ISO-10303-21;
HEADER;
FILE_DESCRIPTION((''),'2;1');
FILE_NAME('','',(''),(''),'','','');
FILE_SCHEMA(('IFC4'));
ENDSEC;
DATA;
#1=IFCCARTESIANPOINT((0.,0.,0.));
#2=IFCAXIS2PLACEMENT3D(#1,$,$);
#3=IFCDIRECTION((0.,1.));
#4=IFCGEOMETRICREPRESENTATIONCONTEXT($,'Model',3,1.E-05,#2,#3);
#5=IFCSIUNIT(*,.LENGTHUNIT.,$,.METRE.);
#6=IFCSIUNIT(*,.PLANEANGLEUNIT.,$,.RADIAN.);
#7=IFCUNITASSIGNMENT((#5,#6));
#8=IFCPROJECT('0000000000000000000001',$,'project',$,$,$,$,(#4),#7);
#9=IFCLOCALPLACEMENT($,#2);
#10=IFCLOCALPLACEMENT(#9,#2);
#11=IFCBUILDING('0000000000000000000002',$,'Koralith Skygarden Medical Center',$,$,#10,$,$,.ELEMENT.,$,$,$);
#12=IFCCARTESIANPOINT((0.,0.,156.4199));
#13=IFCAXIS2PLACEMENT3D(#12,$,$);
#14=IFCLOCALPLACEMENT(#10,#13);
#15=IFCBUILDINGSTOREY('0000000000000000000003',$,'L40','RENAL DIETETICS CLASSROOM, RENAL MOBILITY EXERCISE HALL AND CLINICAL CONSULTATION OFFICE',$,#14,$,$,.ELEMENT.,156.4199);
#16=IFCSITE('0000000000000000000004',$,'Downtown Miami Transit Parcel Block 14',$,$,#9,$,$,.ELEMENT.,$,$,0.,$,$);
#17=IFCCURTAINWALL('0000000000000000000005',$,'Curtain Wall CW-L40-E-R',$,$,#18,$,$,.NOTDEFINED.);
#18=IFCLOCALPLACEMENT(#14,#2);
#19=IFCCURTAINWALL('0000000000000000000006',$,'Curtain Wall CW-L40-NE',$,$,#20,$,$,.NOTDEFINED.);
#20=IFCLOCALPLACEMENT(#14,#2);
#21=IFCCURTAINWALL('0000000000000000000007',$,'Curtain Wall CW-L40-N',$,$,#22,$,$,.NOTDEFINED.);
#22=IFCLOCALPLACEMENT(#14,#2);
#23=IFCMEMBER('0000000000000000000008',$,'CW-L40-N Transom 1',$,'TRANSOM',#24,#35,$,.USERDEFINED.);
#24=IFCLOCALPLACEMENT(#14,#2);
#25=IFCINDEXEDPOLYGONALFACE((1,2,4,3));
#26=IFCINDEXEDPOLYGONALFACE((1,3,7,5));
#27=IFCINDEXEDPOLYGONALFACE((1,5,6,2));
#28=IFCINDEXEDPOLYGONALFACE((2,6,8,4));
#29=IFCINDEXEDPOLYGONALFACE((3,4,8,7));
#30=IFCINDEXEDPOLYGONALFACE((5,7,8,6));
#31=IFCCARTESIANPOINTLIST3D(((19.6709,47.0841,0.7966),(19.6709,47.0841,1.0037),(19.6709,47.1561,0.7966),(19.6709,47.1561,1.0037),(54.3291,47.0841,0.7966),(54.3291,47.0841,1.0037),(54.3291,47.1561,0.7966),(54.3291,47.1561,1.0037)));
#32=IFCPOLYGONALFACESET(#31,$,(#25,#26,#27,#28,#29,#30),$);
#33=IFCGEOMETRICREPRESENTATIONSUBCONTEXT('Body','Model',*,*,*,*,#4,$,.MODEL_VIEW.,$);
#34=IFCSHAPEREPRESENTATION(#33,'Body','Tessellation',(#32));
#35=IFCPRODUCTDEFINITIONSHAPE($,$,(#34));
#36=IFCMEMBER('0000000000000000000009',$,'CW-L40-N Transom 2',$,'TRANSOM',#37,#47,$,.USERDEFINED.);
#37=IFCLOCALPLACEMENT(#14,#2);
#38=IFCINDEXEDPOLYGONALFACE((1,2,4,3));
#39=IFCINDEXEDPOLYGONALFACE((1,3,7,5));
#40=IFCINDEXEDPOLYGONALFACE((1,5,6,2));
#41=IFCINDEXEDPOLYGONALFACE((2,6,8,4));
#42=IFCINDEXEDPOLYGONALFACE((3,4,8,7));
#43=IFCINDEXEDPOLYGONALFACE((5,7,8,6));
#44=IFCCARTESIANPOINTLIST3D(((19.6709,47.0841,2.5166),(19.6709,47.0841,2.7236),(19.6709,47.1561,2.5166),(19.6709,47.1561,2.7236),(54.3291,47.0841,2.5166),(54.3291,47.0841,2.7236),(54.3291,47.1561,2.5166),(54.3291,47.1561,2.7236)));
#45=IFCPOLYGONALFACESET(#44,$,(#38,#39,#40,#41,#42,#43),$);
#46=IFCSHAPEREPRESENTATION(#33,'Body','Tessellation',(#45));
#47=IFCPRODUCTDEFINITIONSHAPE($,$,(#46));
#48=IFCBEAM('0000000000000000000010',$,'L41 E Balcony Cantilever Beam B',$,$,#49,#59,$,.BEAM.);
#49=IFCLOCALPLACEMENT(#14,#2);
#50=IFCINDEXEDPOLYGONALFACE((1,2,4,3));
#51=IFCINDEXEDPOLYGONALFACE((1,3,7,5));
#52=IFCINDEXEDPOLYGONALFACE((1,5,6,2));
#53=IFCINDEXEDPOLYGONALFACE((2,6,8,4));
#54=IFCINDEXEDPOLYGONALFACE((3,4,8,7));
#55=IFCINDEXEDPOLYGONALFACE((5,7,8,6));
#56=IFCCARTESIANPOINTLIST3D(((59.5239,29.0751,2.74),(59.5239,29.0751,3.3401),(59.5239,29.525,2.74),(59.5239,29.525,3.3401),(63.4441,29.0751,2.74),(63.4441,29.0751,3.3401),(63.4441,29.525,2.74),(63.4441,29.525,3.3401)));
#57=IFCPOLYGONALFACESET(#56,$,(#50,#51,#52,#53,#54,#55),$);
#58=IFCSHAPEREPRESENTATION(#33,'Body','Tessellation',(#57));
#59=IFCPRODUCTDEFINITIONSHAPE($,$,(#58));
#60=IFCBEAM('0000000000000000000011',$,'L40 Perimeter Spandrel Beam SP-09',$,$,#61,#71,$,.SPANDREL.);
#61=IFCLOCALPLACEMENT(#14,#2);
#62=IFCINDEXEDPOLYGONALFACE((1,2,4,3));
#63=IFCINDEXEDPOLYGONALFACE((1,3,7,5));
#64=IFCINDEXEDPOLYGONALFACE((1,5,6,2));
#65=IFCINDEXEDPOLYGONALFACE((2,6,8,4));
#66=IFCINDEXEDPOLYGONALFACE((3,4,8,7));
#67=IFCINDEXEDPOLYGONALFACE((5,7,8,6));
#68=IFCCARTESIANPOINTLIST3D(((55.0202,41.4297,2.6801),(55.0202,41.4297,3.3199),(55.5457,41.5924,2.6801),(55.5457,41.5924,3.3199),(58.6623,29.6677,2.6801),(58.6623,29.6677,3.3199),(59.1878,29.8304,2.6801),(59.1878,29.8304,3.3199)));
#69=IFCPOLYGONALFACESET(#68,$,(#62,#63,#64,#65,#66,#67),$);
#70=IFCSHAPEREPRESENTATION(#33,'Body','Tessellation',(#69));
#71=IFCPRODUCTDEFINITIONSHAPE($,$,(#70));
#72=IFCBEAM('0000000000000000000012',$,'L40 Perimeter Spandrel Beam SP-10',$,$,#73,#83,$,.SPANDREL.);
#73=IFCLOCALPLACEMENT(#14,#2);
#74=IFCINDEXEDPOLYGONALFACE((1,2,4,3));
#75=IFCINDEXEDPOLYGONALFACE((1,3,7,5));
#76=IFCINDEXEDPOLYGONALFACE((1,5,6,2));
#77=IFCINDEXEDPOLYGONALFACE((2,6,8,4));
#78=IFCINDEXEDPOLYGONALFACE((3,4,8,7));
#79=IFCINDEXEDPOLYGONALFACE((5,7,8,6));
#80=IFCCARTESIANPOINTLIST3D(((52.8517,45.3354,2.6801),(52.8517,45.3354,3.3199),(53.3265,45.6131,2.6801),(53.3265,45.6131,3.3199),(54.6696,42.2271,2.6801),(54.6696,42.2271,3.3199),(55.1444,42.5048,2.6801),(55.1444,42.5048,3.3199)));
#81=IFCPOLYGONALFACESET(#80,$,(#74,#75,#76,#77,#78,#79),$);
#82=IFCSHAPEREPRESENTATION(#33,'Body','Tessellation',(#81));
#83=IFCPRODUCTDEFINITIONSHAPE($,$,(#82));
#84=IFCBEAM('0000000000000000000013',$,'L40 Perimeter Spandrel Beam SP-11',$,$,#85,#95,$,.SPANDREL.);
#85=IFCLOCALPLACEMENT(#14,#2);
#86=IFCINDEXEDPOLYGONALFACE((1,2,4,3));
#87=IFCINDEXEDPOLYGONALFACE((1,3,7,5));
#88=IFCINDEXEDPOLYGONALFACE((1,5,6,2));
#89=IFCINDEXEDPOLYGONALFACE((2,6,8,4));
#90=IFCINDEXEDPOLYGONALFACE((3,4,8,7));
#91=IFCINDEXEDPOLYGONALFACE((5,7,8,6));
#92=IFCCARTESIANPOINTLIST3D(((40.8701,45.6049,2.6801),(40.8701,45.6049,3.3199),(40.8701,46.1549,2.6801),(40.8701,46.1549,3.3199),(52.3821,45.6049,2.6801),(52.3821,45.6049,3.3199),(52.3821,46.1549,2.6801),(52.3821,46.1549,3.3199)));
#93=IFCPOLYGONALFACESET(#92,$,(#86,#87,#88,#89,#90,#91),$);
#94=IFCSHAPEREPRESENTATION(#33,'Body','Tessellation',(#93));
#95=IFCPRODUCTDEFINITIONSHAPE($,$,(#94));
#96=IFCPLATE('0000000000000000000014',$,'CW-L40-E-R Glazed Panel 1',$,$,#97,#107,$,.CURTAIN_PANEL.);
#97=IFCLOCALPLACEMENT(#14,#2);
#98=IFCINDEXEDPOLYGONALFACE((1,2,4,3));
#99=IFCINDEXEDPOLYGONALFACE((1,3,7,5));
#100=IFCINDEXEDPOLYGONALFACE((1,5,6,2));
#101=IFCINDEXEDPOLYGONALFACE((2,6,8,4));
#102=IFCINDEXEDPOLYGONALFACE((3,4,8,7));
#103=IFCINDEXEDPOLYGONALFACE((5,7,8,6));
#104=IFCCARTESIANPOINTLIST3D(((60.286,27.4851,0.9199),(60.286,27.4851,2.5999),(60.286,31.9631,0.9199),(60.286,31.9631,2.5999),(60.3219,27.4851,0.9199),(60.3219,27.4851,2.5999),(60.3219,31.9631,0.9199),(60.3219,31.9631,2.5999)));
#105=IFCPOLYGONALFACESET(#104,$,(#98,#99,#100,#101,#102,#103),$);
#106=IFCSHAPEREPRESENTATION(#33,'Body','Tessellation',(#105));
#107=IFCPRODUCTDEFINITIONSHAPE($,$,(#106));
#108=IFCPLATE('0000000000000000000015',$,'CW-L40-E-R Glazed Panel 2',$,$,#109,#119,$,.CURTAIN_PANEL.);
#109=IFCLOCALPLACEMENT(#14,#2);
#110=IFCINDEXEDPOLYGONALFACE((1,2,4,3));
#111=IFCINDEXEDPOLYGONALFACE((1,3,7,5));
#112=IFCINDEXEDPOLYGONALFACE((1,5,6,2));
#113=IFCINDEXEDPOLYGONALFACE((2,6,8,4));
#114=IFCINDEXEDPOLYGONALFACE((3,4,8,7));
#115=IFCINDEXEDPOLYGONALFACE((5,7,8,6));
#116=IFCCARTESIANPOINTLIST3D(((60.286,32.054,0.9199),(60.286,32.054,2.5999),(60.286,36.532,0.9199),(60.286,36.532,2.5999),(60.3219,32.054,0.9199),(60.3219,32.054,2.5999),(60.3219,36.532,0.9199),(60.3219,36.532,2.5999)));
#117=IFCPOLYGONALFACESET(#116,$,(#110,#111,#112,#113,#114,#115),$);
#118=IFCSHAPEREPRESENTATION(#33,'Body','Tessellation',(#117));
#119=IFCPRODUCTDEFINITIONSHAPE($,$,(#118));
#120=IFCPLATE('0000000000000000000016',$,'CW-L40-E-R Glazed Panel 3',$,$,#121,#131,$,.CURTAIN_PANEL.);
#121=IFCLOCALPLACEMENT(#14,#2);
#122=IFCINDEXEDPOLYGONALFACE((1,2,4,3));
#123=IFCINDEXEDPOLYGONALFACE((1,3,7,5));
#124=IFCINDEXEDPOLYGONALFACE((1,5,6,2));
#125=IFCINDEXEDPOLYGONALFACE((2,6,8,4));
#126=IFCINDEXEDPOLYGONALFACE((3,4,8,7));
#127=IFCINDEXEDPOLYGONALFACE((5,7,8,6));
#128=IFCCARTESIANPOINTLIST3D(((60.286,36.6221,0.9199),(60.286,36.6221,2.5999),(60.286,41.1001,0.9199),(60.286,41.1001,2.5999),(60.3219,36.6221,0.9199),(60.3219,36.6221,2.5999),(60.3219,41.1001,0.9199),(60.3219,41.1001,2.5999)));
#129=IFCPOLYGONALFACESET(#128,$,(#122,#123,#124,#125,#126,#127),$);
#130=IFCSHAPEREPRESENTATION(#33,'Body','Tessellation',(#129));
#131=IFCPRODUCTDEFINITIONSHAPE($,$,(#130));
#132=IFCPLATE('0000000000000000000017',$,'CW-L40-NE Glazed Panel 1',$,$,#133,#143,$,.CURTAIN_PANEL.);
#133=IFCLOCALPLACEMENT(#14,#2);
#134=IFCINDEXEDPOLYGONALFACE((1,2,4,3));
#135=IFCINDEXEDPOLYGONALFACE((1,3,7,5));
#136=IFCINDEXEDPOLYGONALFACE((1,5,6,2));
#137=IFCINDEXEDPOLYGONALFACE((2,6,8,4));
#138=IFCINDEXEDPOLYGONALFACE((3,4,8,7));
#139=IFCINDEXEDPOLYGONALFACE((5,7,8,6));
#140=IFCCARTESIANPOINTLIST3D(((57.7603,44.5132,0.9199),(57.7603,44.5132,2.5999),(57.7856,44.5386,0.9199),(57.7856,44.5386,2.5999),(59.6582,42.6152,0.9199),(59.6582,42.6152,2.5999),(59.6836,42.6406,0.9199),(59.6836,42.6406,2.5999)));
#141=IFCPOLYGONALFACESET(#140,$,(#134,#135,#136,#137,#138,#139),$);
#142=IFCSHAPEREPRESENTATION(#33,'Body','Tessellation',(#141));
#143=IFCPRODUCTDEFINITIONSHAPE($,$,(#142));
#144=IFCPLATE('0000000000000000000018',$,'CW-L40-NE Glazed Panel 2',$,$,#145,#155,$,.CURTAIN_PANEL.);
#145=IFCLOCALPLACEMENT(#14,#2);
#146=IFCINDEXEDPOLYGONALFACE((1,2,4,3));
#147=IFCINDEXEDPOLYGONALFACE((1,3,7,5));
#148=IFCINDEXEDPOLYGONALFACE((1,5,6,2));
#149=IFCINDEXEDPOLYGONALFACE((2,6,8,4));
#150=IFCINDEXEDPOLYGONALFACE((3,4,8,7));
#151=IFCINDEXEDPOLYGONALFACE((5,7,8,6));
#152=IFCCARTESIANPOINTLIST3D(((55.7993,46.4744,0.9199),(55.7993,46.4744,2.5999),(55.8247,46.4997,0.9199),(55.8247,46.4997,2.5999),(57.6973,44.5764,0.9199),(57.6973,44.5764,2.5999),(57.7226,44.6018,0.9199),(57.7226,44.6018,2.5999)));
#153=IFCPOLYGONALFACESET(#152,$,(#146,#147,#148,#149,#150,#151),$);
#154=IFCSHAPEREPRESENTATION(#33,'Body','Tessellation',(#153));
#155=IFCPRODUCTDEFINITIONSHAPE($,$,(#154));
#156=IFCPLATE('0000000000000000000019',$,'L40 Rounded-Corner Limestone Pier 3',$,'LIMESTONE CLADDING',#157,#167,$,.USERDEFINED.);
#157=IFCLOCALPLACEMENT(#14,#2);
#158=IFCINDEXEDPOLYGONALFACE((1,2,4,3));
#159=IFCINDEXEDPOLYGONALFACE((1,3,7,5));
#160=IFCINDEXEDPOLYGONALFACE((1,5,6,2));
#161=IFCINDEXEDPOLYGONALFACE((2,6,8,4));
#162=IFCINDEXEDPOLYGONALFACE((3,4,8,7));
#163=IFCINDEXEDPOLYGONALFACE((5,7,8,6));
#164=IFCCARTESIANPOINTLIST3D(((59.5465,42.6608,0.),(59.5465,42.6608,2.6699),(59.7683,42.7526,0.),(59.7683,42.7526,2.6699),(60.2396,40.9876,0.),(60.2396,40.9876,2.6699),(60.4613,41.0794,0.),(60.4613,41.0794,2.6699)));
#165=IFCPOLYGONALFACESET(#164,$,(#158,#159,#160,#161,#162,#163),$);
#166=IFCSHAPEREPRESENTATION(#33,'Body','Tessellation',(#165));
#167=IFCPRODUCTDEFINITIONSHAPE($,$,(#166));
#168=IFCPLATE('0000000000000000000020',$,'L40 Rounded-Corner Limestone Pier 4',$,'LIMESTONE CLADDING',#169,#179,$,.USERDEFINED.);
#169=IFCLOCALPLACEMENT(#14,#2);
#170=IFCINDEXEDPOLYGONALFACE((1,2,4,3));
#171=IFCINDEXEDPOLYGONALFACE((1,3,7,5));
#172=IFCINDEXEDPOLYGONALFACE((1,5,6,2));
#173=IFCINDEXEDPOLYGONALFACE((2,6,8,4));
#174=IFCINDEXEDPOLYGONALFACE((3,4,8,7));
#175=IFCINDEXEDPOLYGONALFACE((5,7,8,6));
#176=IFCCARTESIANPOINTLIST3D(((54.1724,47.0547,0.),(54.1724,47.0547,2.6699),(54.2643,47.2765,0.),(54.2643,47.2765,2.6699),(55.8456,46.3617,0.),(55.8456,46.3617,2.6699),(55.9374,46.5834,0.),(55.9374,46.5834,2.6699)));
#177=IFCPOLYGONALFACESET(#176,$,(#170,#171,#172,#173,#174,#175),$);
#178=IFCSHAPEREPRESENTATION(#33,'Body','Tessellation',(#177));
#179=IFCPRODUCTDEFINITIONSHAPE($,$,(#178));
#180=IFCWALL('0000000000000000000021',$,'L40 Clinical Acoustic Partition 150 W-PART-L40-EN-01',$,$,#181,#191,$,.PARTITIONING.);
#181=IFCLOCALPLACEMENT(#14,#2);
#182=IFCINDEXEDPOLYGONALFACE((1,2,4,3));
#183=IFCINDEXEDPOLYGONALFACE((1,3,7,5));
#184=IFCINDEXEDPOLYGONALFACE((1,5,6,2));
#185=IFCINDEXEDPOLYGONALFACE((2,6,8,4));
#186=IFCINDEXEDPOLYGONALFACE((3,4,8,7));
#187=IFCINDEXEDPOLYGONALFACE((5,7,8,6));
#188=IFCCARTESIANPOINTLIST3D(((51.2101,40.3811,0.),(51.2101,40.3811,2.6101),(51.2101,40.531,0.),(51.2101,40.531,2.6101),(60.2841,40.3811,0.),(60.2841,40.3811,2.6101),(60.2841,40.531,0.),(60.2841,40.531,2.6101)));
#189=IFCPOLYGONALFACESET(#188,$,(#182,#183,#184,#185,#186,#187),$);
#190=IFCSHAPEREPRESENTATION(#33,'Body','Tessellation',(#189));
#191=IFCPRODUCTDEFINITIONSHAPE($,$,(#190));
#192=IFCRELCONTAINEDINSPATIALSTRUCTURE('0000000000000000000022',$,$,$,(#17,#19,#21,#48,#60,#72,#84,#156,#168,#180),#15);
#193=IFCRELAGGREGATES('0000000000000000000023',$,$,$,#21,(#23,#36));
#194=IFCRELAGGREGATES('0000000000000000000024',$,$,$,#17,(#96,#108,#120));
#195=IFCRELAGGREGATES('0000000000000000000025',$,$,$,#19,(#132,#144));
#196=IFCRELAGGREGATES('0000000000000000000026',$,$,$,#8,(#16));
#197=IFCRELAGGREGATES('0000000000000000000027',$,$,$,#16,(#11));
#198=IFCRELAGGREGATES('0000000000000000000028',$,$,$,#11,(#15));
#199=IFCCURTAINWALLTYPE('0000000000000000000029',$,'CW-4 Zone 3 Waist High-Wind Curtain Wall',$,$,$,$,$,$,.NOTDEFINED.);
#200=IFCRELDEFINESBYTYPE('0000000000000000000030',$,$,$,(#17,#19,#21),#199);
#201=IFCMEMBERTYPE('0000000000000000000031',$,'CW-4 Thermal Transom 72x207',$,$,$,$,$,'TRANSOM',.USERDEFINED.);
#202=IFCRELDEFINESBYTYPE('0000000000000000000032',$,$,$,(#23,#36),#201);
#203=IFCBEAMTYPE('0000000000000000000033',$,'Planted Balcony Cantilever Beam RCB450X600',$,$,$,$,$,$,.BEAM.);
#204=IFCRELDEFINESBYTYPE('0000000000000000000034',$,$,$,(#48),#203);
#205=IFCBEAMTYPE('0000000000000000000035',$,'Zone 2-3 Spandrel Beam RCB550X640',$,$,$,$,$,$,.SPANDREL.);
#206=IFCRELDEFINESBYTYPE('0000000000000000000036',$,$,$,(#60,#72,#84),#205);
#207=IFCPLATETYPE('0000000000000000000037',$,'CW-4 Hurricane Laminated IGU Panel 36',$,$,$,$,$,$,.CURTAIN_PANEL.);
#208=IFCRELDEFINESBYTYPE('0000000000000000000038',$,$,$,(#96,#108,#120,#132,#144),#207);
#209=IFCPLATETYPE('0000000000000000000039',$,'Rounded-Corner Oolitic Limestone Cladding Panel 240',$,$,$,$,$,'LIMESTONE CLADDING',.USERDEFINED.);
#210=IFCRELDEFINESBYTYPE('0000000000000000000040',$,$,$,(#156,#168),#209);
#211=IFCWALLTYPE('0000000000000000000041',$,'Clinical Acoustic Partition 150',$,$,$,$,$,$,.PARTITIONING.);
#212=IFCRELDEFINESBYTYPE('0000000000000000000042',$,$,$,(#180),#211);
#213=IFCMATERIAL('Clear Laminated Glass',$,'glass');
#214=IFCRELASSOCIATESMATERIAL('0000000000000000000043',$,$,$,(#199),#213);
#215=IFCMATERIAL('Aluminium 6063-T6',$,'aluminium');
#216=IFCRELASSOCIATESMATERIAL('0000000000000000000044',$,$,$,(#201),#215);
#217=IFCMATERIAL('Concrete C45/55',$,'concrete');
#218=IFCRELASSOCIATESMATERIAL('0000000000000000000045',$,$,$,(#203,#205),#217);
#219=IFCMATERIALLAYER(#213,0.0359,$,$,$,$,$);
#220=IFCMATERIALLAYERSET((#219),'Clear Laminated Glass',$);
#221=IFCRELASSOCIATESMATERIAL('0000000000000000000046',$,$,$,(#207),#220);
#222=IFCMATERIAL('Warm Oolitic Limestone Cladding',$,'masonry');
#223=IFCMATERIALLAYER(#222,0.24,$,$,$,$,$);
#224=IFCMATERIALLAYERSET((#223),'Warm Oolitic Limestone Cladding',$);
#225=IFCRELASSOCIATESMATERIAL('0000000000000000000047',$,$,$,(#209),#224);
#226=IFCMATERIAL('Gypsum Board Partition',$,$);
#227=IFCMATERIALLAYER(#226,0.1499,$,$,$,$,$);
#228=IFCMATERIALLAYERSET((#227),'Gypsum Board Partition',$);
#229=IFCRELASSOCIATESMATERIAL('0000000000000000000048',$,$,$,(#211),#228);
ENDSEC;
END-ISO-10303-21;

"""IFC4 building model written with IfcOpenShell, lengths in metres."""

from ifc_helpers import new_model, si_unit, direction, frame, frame_2d, origin, origin_2d, place, context, subcontext, project, spatial, rectangle, extrude, material, layer, layer_set, material_profile, profile_set, type_object, element, aggregate, save


model = new_model("IFC4")

# Units and contexts
model_context = context("Model", 3, precision=1e-05, world=origin(), true_north=direction((0.0, 1.0)))
body_context = subcontext(model_context, "Body", "Model", "MODEL_VIEW")
ifc_project = project(units=[si_unit("LENGTHUNIT", "METRE"), si_unit("PLANEANGLEUNIT", "RADIAN")], contexts=[model_context])

# Site, building, storey
site_placement = place(None, origin())
site = spatial("IfcSite", under=ifc_project, at=site_placement, Name="Downtown Miami Transit Parcel Block 14", CompositionType="ELEMENT", RefElevation=0.0)
building_placement = place(site_placement, origin())
building = spatial("IfcBuilding", under=site, at=building_placement, Name="Koralith Skygarden Medical Center", CompositionType="ELEMENT")
storey_placement = place(building_placement, frame((0.0, 0.0, 156.4199)))
storey = spatial("IfcBuildingStorey", under=building, at=storey_placement, Name="L40", Description="RENAL DIETETICS CLASSROOM, RENAL MOBILITY EXERCISE HALL AND CLINICAL CONSULTATION OFFICE", CompositionType="ELEMENT", Elevation=156.4199)

# Curtain walls
ifc_material_1 = material(Name="Clear Laminated Glass", Category="glass")
curtain_wall_type = type_object("IfcCurtainWallType", Name="CW-4 Zone 3 Waist High-Wind Curtain Wall", PredefinedType="NOTDEFINED", material=ifc_material_1)
curtain_wall_1_placement = place(storey_placement, origin())
curtain_wall_1 = element("IfcCurtainWall", 1, at=curtain_wall_1_placement, inside=storey, type_object=curtain_wall_type, Name="Curtain Wall CW-L40-E-R", PredefinedType="NOTDEFINED")
ifc_material_2 = material(Name="Aluminium 6063-T6", Category="aluminium")
curtain_wall_2_placement = place(storey_placement, origin())
curtain_wall_2 = element("IfcCurtainWall", 2, at=curtain_wall_2_placement, inside=storey, type_object=curtain_wall_type, Name="Curtain Wall CW-L40-NE", PredefinedType="NOTDEFINED")

# Curtain wall
curtain_wall_3_placement = place(storey_placement, origin())
curtain_wall_3 = element("IfcCurtainWall", 3, at=curtain_wall_3_placement, inside=storey, type_object=curtain_wall_type, Name="Curtain Wall CW-L40-N", PredefinedType="NOTDEFINED")

# Members
ifc_material_profile_1 = material_profile(ifc_material_2, rectangle(XDim=0.072, YDim=0.207, at=origin_2d()), Name="TRN72X207")
ifc_profile_set_1 = profile_set([ifc_material_profile_1], Name="Aluminium 6063-T6")
member_type_1 = type_object("IfcMemberType", Name="CW-4 Thermal Transom 72x207", ElementType="TRANSOM", PredefinedType="USERDEFINED", material=ifc_profile_set_1)
member_1_placement = place(storey_placement, frame((54.3291, 47.1201, 0.9001), z_axis=(-1.0, 0.0, 0.0), x_axis=(0.0, -1.0, 0.0)))
member_1 = element("IfcMember", 4, at=member_1_placement, type_object=member_type_1, Name="CW-L40-N Transom 1", ObjectType="TRANSOM", PredefinedType="USERDEFINED", context=body_context, shape_type="SweptSolid", body=[
    extrude(rectangle(XDim=0.072, YDim=0.207, at=origin_2d()), origin(), (0.0, 0.0, 1.0), 34.6582),
])
member_2_placement = place(storey_placement, frame((54.3291, 47.1201, 2.6201), z_axis=(-1.0, 0.0, 0.0), x_axis=(0.0, -1.0, 0.0)))
member_2 = element("IfcMember", 5, at=member_2_placement, type_object=member_type_1, Name="CW-L40-N Transom 2", ObjectType="TRANSOM", PredefinedType="USERDEFINED", context=body_context, shape_type="SweptSolid", body=[
    extrude(rectangle(XDim=0.072, YDim=0.207, at=origin_2d()), origin(), (0.0, 0.0, 1.0), 34.6582),
])
aggregate(curtain_wall_3, [member_1, member_2])

# Beams
ifc_material_3 = material(Name="Concrete C45/55", Category="concrete")
ifc_material_profile_2 = material_profile(ifc_material_3, rectangle(XDim=0.45, YDim=0.6001, at=origin_2d()), Name="RCB450X600")
ifc_profile_set_2 = profile_set([ifc_material_profile_2], Name="Concrete C45/55")
beam_type_1 = type_object("IfcBeamType", Name="Planted Balcony Cantilever Beam RCB450X600", PredefinedType="BEAM", material=ifc_profile_set_2)
beam_1_placement = place(storey_placement, frame((59.5239, 29.3, 3.04), z_axis=(1.0, 0.0, 0.0), x_axis=(0.0, 1.0, 0.0)))
element("IfcBeam", 6, at=beam_1_placement, inside=storey, type_object=beam_type_1, Name="L41 E Balcony Cantilever Beam B", PredefinedType="BEAM", context=body_context, shape_type="SweptSolid", body=[
    extrude(rectangle(XDim=0.45, YDim=0.6001, at=origin_2d()), origin(), (0.0, 0.0, 1.0), 3.9202),
])
ifc_material_profile_3 = material_profile(ifc_material_3, rectangle(XDim=0.55, YDim=0.6399, at=origin_2d()), Name="RCB550X640")
ifc_profile_set_3 = profile_set([ifc_material_profile_3], Name="Concrete C45/55")
beam_type_2 = type_object("IfcBeamType", Name="Zone 2-3 Spandrel Beam RCB550X640", PredefinedType="SPANDREL", material=ifc_profile_set_3)
beam_2_placement = place(storey_placement, frame((58.925, 29.749, 3.0), z_axis=(-0.295794, 0.955252, 0.0), x_axis=(-0.955252, -0.295794, 0.0)))
element("IfcBeam", 7, at=beam_2_placement, inside=storey, type_object=beam_type_2, Name="L40 Perimeter Spandrel Beam SP-09", PredefinedType="SPANDREL", context=body_context, shape_type="SweptSolid", body=[
    extrude(rectangle(XDim=0.55, YDim=0.6399, at=origin_2d()), origin(), (0.0, 0.0, 1.0), 12.313),
])
beam_3_placement = place(storey_placement, frame((54.907, 42.366, 3.0), z_axis=(-0.504861, 0.8632, 0.0), x_axis=(-0.8632, -0.504861, 0.0)))
element("IfcBeam", 8, at=beam_3_placement, inside=storey, type_object=beam_type_2, Name="L40 Perimeter Spandrel Beam SP-10", PredefinedType="SPANDREL", context=body_context, shape_type="SweptSolid", body=[
    extrude(rectangle(XDim=0.55, YDim=0.6399, at=origin_2d()), origin(), (0.0, 0.0, 1.0), 3.6008),
])
beam_4_placement = place(storey_placement, frame((52.3821, 45.8799, 3.0), z_axis=(-1.0, 0.0, 0.0), x_axis=(0.0, -1.0, 0.0)))
element("IfcBeam", 9, at=beam_4_placement, inside=storey, type_object=beam_type_2, Name="L40 Perimeter Spandrel Beam SP-11", PredefinedType="SPANDREL", context=body_context, shape_type="SweptSolid", body=[
    extrude(rectangle(XDim=0.55, YDim=0.6399, at=origin_2d()), origin(), (0.0, 0.0, 1.0), 11.512),
])

# Plates
ifc_layer_1 = layer(ifc_material_1, 0.0359)
ifc_layer_set_1 = layer_set([ifc_layer_1], Name="Clear Laminated Glass")
plate_type_1 = type_object("IfcPlateType", Name="CW-4 Hurricane Laminated IGU Panel 36", PredefinedType="CURTAIN_PANEL", material=ifc_layer_set_1)
plate_1_placement = place(storey_placement, frame((60.304, 29.7241, 0.9199), z_axis=(0.0, 0.0, 1.0), x_axis=(0.0, 1.0, 0.0)))
plate_1 = element("IfcPlate", 10, at=plate_1_placement, type_object=plate_type_1, Name="CW-L40-E-R Glazed Panel 1", PredefinedType="CURTAIN_PANEL", context=body_context, shape_type="SweptSolid", body=[
    extrude(rectangle(XDim=4.478, YDim=0.0359, at=origin_2d()), origin(), (0.0, 0.0, 1.0), 1.6799),
])
plate_2_placement = place(storey_placement, frame((60.304, 34.293, 0.9199), z_axis=(0.0, 0.0, 1.0), x_axis=(0.0, 1.0, 0.0)))
plate_2 = element("IfcPlate", 11, at=plate_2_placement, type_object=plate_type_1, Name="CW-L40-E-R Glazed Panel 2", PredefinedType="CURTAIN_PANEL", context=body_context, shape_type="SweptSolid", body=[
    extrude(rectangle(XDim=4.478, YDim=0.0359, at=origin_2d()), origin(), (0.0, 0.0, 1.0), 1.6799),
])
plate_3_placement = place(storey_placement, frame((60.304, 38.8611, 0.9199), z_axis=(0.0, 0.0, 1.0), x_axis=(0.0, 1.0, 0.0)))
plate_3 = element("IfcPlate", 12, at=plate_3_placement, type_object=plate_type_1, Name="CW-L40-E-R Glazed Panel 3", PredefinedType="CURTAIN_PANEL", context=body_context, shape_type="SweptSolid", body=[
    extrude(rectangle(XDim=4.478, YDim=0.0359, at=origin_2d()), origin(), (0.0, 0.0, 1.0), 1.6799),
])
aggregate(curtain_wall_1, [plate_1, plate_2, plate_3])
plate_4_placement = place(storey_placement, frame((58.7219, 43.5769, 0.9199), z_axis=(0.0, 0.0, 1.0), x_axis=(-0.707107, 0.707107, 0.0)))
plate_4 = element("IfcPlate", 13, at=plate_4_placement, type_object=plate_type_1, Name="CW-L40-NE Glazed Panel 1", PredefinedType="CURTAIN_PANEL", context=body_context, shape_type="SweptSolid", body=[
    extrude(rectangle(XDim=2.6841, YDim=0.0359, at=origin_2d()), origin(), (0.0, 0.0, 1.0), 1.6799),
])
plate_5_placement = place(storey_placement, frame((56.761, 45.5381, 0.9199), z_axis=(0.0, 0.0, 1.0), x_axis=(-0.707107, 0.707107, 0.0)))
plate_5 = element("IfcPlate", 14, at=plate_5_placement, type_object=plate_type_1, Name="CW-L40-NE Glazed Panel 2", PredefinedType="CURTAIN_PANEL", context=body_context, shape_type="SweptSolid", body=[
    extrude(rectangle(XDim=2.6841, YDim=0.0359, at=origin_2d()), origin(), (0.0, 0.0, 1.0), 1.6799),
])
aggregate(curtain_wall_2, [plate_4, plate_5])

# Plates
ifc_material_4 = material(Name="Warm Oolitic Limestone Cladding", Category="masonry")
ifc_layer_2 = layer(ifc_material_4, 0.24)
ifc_layer_set_2 = layer_set([ifc_layer_2], Name="Warm Oolitic Limestone Cladding")
plate_type_2 = type_object("IfcPlateType", Name="Rounded-Corner Oolitic Limestone Cladding Panel 240", ElementType="LIMESTONE CLADDING", PredefinedType="USERDEFINED", material=ifc_layer_set_2)
for number, where, z_axis, x_axis, name in (
    (15, (60.0039, 41.8701, 0.0), (0.0, 0.0, 1.0), (-0.382671, 0.923885, 0.0), "L40 Rounded-Corner Limestone Pier 3"),
    (16, (55.0549, 46.8191, 0.0), (0.0, 0.0, 1.0), (-0.923885, 0.382671, 0.0), "L40 Rounded-Corner Limestone Pier 4"),
):
    element("IfcPlate", number, at=place(storey_placement, frame(where, z_axis=z_axis, x_axis=x_axis)), inside=storey, type_object=plate_type_2, Name=name, ObjectType="LIMESTONE CLADDING", PredefinedType="USERDEFINED", context=body_context, shape_type="SweptSolid", body=[
        extrude(rectangle(XDim=1.811, YDim=0.24, at=origin_2d()), origin(), (0.0, 0.0, 1.0), 2.6699),
    ])

# Wall
ifc_material_5 = material(Name="Gypsum Board Partition")
ifc_layer_3 = layer(ifc_material_5, 0.1499)
ifc_layer_set_3 = layer_set([ifc_layer_3], Name="Gypsum Board Partition")
wall_type_1 = type_object("IfcWallType", Name="Clinical Acoustic Partition 150", PredefinedType="PARTITIONING", material=ifc_layer_set_3)
wall_1_placement = place(storey_placement, frame((51.21, 40.4561, 0.0), z_axis=(0.0, 0.0, 1.0), x_axis=(1.0, 0.0, 0.0)))
element("IfcWall", 17, at=wall_1_placement, inside=storey, type_object=wall_type_1, Name="L40 Clinical Acoustic Partition 150 W-PART-L40-EN-01", PredefinedType="PARTITIONING", context=body_context, shape_type="SweptSolid", body=[
    extrude(rectangle(XDim=9.074, YDim=0.1499, at=frame_2d((4.5371, 0.0))), origin(), (0.0, 0.0, 1.0), 2.6101),
])

save(model, "model.ifc")
